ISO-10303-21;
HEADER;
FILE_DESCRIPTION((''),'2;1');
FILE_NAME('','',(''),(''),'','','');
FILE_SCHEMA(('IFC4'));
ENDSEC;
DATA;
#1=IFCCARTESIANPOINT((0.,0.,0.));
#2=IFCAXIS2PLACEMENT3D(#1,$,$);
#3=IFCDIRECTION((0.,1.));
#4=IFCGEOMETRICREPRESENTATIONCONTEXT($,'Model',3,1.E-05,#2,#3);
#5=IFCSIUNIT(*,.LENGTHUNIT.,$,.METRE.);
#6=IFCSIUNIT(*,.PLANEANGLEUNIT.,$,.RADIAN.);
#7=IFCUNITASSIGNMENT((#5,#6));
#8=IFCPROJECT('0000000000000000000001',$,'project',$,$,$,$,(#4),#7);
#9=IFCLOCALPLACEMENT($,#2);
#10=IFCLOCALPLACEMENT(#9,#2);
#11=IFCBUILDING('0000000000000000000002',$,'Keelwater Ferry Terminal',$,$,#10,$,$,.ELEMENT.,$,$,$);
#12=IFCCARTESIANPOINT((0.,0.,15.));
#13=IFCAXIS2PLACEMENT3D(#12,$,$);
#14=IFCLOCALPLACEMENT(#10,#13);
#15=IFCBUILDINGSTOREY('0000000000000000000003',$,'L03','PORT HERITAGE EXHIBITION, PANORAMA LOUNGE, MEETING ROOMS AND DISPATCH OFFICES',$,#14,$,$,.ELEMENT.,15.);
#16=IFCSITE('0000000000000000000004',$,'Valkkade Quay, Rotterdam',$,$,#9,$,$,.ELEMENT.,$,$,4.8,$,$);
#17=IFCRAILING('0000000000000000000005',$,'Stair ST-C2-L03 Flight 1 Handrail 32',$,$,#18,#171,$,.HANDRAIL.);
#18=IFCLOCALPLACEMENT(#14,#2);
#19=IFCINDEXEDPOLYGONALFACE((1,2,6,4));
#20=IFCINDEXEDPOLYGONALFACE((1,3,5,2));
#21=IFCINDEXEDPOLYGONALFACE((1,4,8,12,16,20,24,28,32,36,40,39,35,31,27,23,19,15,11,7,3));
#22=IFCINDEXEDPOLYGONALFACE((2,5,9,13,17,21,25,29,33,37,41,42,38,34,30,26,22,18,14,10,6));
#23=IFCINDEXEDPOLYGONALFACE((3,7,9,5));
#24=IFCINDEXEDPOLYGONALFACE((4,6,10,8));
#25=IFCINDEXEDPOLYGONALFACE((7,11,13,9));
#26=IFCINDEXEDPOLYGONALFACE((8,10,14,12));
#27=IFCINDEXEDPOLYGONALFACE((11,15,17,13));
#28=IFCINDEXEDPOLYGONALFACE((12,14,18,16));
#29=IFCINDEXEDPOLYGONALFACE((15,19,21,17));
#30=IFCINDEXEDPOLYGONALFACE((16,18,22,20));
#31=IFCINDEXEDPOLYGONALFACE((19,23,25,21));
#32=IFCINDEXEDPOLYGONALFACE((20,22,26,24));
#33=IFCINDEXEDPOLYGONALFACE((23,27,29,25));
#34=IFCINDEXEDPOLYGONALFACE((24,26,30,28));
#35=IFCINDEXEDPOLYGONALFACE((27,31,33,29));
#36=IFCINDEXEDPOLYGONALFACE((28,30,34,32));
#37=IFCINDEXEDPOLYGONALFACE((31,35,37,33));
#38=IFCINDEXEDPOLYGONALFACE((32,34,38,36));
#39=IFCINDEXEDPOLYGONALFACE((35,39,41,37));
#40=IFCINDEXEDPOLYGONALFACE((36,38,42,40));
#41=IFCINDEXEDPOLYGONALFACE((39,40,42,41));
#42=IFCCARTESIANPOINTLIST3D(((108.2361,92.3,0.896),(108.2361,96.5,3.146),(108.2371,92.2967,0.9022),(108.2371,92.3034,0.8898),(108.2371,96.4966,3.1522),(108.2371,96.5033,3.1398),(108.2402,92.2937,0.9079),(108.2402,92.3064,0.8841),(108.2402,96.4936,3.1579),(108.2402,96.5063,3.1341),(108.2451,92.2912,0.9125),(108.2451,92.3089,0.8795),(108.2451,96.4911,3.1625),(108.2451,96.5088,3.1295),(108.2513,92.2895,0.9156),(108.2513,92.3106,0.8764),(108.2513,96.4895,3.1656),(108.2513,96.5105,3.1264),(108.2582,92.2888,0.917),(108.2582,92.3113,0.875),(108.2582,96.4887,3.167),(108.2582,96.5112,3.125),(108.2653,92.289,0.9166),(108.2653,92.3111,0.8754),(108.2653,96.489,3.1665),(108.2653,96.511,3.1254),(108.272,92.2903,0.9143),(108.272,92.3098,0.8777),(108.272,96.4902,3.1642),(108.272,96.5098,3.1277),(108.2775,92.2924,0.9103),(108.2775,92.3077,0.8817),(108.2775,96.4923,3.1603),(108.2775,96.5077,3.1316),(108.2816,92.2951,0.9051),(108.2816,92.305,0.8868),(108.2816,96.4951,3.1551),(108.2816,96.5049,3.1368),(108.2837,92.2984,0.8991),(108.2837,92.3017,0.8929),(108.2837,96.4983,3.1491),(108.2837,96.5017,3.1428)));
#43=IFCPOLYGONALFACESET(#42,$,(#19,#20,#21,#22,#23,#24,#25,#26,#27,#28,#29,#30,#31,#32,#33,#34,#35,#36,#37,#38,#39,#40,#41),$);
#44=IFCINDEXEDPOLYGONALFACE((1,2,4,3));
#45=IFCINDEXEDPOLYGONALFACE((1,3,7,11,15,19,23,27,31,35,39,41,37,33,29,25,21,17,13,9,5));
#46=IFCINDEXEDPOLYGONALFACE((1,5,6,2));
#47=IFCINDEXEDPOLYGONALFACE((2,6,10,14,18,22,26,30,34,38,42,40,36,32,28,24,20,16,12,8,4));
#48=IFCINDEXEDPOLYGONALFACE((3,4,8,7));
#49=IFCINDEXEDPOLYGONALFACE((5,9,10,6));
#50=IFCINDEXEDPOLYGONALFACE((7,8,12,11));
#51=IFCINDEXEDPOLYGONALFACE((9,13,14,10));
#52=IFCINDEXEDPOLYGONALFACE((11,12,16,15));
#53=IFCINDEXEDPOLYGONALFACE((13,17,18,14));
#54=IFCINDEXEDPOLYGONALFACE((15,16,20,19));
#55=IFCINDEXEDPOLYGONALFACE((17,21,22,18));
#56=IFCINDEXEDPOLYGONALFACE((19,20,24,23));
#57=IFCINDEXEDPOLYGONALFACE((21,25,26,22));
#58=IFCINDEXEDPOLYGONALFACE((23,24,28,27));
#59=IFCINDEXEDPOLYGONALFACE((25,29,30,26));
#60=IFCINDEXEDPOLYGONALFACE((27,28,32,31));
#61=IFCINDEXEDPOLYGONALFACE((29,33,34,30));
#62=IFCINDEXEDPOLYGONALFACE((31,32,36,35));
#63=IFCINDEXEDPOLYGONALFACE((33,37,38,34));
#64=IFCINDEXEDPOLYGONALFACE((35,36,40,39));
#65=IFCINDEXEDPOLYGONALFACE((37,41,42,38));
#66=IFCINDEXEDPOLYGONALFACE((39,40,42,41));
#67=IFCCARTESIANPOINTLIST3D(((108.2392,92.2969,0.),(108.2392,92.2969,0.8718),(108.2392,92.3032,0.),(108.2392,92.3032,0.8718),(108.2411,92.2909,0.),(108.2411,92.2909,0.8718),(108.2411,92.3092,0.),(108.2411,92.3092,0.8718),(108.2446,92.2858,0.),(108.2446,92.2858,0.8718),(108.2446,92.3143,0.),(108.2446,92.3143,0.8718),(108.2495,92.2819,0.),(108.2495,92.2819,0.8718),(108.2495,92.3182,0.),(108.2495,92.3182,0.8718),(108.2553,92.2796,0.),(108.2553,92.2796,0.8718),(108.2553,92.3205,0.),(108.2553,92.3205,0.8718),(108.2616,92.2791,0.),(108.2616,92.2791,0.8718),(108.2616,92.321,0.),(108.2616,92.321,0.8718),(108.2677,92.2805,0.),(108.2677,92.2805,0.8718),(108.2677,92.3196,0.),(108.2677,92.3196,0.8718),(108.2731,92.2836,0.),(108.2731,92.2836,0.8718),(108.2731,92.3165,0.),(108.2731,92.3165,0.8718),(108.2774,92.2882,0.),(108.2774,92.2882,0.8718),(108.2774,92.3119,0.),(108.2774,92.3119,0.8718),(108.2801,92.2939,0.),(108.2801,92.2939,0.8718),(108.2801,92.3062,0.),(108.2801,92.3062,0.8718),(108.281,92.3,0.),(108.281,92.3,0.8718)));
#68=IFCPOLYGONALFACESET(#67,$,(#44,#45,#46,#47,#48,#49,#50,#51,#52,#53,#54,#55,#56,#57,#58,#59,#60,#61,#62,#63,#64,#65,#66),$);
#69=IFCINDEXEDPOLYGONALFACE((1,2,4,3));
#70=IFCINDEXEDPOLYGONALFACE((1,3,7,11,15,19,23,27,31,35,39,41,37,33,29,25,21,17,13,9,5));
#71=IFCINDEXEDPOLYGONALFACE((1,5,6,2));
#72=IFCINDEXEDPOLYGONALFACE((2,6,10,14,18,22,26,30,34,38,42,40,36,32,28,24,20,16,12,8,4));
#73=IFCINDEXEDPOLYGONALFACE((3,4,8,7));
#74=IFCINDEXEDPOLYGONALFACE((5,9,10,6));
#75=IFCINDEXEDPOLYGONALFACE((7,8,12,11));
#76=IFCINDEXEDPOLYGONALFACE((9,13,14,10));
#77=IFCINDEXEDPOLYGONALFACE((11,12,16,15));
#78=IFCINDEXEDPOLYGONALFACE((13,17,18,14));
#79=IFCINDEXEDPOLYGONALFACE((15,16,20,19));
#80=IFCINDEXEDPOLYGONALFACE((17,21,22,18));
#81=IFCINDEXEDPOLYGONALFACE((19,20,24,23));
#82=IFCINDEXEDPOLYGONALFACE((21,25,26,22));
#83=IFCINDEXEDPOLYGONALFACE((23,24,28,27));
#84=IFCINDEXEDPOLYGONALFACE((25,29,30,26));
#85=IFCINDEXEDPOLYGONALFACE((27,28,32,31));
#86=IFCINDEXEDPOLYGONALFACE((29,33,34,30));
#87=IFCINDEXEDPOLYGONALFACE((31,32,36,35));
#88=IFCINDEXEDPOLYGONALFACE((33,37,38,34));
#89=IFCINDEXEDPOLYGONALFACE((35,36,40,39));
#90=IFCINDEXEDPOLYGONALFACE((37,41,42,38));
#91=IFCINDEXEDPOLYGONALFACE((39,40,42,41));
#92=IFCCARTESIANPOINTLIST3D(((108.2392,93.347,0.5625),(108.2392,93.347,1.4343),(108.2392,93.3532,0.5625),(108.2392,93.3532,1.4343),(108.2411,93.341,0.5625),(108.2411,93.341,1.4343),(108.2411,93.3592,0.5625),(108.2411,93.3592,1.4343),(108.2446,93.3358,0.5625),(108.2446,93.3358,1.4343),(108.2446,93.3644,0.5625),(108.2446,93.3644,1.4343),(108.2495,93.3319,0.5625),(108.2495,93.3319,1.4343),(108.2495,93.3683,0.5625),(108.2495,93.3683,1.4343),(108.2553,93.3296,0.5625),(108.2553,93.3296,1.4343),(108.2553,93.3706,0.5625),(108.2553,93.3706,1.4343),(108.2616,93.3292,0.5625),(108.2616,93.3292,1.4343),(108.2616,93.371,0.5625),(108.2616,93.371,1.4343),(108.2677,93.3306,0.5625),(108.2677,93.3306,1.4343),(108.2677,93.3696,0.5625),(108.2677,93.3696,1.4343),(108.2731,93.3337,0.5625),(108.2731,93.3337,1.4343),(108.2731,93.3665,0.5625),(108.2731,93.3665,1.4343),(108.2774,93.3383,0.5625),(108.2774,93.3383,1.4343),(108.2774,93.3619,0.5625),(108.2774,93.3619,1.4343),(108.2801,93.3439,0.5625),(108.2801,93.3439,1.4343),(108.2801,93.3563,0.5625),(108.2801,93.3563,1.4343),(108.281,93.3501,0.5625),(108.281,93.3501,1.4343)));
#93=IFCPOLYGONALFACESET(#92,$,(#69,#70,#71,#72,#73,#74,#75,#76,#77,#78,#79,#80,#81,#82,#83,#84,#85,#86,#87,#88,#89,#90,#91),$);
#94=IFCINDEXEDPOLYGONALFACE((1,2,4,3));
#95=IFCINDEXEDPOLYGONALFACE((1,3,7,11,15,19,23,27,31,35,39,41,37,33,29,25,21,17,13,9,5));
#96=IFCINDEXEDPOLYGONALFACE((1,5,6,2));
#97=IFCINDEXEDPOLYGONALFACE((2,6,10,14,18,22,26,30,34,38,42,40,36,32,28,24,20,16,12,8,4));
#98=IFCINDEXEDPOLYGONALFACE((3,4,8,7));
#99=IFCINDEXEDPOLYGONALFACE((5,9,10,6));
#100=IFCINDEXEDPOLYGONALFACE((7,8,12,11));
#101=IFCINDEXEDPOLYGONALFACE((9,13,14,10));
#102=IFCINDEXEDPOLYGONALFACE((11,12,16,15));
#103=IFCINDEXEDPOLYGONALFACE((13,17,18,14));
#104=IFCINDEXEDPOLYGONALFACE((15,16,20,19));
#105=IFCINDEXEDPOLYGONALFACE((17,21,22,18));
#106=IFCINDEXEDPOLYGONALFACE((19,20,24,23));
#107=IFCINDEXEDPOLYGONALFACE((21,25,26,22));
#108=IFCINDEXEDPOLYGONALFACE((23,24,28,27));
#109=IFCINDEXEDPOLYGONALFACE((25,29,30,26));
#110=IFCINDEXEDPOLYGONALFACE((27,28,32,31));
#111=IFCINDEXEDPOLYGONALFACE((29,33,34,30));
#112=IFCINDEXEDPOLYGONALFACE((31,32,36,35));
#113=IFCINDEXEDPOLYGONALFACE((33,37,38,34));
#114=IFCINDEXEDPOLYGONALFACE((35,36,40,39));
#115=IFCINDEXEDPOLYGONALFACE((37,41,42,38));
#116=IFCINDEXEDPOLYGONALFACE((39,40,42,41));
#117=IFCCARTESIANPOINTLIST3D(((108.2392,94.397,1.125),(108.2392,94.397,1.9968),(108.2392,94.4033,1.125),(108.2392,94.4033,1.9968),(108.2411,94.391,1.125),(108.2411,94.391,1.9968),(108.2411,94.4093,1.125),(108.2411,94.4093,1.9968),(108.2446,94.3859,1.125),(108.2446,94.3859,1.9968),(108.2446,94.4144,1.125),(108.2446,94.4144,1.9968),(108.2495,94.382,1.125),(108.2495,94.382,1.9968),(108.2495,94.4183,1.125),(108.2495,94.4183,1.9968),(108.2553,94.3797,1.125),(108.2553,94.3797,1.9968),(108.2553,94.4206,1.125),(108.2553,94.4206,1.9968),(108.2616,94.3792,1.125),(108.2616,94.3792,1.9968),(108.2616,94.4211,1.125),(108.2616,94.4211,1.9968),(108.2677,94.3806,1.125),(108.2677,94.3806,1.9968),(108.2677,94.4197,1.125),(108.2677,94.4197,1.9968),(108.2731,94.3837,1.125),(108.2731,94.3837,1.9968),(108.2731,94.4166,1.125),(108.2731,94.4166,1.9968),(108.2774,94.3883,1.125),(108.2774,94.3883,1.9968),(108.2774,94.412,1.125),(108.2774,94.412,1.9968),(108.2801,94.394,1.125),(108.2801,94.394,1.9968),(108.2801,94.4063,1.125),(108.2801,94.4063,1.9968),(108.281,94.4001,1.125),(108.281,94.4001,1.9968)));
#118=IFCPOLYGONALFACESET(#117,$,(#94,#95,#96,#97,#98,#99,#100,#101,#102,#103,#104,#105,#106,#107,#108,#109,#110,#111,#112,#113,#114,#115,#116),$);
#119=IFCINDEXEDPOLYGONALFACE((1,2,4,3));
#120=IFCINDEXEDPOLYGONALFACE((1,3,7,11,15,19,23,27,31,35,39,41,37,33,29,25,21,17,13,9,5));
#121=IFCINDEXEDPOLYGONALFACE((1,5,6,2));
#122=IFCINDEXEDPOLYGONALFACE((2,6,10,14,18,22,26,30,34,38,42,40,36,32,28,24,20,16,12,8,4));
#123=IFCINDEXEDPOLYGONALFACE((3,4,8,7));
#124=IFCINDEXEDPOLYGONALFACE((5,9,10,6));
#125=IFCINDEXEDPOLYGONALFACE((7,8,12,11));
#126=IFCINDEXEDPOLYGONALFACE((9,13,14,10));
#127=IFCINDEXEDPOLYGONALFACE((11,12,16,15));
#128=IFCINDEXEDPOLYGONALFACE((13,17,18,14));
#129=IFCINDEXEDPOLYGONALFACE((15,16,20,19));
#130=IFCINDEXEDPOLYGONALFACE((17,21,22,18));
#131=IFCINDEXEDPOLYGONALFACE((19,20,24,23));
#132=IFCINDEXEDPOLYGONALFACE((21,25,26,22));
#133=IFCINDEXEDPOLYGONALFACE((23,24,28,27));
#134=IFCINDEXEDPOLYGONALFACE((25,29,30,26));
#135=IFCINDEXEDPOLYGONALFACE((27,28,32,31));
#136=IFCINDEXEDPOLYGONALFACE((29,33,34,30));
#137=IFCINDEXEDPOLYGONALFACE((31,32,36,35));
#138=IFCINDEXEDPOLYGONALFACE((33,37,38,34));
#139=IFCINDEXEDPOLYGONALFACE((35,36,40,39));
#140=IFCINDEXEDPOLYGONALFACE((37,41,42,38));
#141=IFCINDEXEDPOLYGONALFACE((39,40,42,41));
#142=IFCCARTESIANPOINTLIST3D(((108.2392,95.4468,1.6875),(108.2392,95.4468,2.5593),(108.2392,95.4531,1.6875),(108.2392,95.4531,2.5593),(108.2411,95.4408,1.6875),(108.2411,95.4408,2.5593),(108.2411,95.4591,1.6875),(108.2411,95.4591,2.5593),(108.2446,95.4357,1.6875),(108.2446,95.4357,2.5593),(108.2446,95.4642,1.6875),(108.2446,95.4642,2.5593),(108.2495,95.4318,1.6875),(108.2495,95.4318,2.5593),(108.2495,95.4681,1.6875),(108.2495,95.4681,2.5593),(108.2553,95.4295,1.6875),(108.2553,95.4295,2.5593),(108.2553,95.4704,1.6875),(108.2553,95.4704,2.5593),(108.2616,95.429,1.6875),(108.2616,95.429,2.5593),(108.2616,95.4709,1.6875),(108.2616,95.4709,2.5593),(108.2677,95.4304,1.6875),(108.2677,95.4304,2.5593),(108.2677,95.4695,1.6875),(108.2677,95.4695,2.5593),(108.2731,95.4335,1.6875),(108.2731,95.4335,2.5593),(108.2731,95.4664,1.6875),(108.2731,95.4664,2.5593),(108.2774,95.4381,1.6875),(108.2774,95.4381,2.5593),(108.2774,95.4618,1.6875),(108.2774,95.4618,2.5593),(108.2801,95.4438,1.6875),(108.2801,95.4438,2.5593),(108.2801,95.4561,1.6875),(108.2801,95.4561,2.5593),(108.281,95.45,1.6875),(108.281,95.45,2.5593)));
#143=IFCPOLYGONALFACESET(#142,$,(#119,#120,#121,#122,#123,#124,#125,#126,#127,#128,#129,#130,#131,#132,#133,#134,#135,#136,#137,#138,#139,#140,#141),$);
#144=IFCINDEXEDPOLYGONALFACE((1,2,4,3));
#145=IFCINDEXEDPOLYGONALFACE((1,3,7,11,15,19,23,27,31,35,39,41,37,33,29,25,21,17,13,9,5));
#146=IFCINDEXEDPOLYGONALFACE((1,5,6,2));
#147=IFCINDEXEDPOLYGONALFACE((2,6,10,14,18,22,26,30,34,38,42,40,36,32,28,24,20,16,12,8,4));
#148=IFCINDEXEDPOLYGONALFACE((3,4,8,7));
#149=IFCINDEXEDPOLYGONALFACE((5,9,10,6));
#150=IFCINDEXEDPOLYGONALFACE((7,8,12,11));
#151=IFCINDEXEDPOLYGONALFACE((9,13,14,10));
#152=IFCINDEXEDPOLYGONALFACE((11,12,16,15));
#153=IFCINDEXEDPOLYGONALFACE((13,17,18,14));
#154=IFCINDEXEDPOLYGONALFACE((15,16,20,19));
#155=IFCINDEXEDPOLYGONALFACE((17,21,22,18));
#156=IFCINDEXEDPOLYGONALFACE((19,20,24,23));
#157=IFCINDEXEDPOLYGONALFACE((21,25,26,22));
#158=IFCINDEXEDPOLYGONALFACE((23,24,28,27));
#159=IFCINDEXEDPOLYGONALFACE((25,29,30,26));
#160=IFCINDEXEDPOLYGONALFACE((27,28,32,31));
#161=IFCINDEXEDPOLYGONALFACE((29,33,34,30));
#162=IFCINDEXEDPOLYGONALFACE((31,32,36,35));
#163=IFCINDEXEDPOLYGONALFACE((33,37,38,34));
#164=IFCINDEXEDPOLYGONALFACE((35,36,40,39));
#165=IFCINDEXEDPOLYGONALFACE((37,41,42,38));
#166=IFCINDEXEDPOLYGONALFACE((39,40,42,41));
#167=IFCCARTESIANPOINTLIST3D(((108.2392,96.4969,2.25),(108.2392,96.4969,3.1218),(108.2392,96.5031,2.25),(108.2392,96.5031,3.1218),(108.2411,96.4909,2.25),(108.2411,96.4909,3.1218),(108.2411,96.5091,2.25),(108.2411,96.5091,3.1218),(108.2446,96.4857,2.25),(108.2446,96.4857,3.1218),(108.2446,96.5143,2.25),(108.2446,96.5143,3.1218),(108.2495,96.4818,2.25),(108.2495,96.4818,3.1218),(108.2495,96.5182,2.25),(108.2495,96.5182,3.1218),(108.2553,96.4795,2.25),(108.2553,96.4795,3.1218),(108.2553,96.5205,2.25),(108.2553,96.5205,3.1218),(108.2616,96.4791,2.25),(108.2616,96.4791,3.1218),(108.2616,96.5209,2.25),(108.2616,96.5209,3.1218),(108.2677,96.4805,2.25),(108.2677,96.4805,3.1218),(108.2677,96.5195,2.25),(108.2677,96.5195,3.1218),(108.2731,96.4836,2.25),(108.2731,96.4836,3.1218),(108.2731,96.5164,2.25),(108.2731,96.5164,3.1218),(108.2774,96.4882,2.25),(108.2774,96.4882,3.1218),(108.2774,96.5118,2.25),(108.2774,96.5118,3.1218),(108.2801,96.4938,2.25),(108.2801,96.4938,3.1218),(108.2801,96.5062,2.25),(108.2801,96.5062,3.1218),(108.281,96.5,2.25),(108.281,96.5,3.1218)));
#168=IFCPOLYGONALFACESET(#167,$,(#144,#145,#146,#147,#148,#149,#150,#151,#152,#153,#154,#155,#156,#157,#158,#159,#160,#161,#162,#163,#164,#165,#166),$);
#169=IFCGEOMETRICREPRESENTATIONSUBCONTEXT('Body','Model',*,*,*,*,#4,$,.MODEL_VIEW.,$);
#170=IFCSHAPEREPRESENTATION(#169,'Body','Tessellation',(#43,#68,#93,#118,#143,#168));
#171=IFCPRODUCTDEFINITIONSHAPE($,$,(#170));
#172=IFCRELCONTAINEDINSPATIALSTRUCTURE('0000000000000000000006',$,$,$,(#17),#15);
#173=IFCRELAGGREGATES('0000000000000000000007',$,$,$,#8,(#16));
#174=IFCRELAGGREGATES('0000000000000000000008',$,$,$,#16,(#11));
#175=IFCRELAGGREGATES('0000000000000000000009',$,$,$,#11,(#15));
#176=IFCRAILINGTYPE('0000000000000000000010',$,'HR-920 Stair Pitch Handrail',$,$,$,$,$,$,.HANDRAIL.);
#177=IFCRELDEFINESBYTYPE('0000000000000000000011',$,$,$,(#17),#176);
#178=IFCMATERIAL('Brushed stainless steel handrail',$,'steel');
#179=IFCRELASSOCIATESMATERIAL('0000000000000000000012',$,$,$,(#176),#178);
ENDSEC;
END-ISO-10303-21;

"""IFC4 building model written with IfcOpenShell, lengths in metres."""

from ifc_helpers import new_model, si_unit, direction, frame, origin, origin_2d, place, context, subcontext, project, spatial, circle, extrude, material, type_object, element, save


model = new_model("IFC4")

# Units and contexts
model_context = context("Model", 3, precision=1e-05, world=origin(), true_north=direction((0.0, 1.0)))
body_context = subcontext(model_context, "Body", "Model", "MODEL_VIEW")
ifc_project = project(units=[si_unit("LENGTHUNIT", "METRE"), si_unit("PLANEANGLEUNIT", "RADIAN")], contexts=[model_context])

# Site, building, storey
site_placement = place(None, origin())
site = spatial("IfcSite", under=ifc_project, at=site_placement, Name="Valkkade Quay, Rotterdam", CompositionType="ELEMENT", RefElevation=4.8)
building_placement = place(site_placement, origin())
building = spatial("IfcBuilding", under=site, at=building_placement, Name="Keelwater Ferry Terminal", CompositionType="ELEMENT")
storey_placement = place(building_placement, frame((0.0, 0.0, 15.0)))
storey = spatial("IfcBuildingStorey", under=building, at=storey_placement, Name="L03", Description="PORT HERITAGE EXHIBITION, PANORAMA LOUNGE, MEETING ROOMS AND DISPATCH OFFICES", CompositionType="ELEMENT", Elevation=15.0)

# Railing
ifc_material_1 = material(Name="Brushed stainless steel handrail", Category="steel")
railing_type_1 = type_object("IfcRailingType", Name="HR-920 Stair Pitch Handrail", PredefinedType="HANDRAIL", material=ifc_material_1)
railing_1_placement = place(storey_placement, frame((108.26, 92.3, 0.0)))
element("IfcRailing", 1, at=railing_1_placement, inside=storey, type_object=railing_type_1, Name="Stair ST-C2-L03 Flight 1 Handrail 32", PredefinedType="HANDRAIL", context=body_context, shape_type="SweptSolid", body=[
    extrude(circle(Radius=0.0239, at=origin_2d()), frame((0.0, 0.0, 0.896), z_axis=(0.0, 0.881478, 0.472226), x_axis=(-1.0, 0.0, 0.0)), (0.0, 0.0, 1.0), 4.7646),
    extrude(circle(Radius=0.021, at=origin_2d()), origin(), (0.0, 0.0, 1.0), 0.8718),
    extrude(circle(Radius=0.021, at=origin_2d()), frame((0.0, 1.05, 0.5625)), (0.0, 0.0, 1.0), 0.8718),
    extrude(circle(Radius=0.021, at=origin_2d()), frame((0.0, 2.1001, 1.125)), (0.0, 0.0, 1.0), 0.8718),
    extrude(circle(Radius=0.021, at=origin_2d()), frame((0.0, 3.1499, 1.6875)), (0.0, 0.0, 1.0), 0.8718),
    extrude(circle(Radius=0.021, at=origin_2d()), frame((0.0, 4.2, 2.25)), (0.0, 0.0, 1.0), 0.8718),
])

save(model, "model.ifc")
